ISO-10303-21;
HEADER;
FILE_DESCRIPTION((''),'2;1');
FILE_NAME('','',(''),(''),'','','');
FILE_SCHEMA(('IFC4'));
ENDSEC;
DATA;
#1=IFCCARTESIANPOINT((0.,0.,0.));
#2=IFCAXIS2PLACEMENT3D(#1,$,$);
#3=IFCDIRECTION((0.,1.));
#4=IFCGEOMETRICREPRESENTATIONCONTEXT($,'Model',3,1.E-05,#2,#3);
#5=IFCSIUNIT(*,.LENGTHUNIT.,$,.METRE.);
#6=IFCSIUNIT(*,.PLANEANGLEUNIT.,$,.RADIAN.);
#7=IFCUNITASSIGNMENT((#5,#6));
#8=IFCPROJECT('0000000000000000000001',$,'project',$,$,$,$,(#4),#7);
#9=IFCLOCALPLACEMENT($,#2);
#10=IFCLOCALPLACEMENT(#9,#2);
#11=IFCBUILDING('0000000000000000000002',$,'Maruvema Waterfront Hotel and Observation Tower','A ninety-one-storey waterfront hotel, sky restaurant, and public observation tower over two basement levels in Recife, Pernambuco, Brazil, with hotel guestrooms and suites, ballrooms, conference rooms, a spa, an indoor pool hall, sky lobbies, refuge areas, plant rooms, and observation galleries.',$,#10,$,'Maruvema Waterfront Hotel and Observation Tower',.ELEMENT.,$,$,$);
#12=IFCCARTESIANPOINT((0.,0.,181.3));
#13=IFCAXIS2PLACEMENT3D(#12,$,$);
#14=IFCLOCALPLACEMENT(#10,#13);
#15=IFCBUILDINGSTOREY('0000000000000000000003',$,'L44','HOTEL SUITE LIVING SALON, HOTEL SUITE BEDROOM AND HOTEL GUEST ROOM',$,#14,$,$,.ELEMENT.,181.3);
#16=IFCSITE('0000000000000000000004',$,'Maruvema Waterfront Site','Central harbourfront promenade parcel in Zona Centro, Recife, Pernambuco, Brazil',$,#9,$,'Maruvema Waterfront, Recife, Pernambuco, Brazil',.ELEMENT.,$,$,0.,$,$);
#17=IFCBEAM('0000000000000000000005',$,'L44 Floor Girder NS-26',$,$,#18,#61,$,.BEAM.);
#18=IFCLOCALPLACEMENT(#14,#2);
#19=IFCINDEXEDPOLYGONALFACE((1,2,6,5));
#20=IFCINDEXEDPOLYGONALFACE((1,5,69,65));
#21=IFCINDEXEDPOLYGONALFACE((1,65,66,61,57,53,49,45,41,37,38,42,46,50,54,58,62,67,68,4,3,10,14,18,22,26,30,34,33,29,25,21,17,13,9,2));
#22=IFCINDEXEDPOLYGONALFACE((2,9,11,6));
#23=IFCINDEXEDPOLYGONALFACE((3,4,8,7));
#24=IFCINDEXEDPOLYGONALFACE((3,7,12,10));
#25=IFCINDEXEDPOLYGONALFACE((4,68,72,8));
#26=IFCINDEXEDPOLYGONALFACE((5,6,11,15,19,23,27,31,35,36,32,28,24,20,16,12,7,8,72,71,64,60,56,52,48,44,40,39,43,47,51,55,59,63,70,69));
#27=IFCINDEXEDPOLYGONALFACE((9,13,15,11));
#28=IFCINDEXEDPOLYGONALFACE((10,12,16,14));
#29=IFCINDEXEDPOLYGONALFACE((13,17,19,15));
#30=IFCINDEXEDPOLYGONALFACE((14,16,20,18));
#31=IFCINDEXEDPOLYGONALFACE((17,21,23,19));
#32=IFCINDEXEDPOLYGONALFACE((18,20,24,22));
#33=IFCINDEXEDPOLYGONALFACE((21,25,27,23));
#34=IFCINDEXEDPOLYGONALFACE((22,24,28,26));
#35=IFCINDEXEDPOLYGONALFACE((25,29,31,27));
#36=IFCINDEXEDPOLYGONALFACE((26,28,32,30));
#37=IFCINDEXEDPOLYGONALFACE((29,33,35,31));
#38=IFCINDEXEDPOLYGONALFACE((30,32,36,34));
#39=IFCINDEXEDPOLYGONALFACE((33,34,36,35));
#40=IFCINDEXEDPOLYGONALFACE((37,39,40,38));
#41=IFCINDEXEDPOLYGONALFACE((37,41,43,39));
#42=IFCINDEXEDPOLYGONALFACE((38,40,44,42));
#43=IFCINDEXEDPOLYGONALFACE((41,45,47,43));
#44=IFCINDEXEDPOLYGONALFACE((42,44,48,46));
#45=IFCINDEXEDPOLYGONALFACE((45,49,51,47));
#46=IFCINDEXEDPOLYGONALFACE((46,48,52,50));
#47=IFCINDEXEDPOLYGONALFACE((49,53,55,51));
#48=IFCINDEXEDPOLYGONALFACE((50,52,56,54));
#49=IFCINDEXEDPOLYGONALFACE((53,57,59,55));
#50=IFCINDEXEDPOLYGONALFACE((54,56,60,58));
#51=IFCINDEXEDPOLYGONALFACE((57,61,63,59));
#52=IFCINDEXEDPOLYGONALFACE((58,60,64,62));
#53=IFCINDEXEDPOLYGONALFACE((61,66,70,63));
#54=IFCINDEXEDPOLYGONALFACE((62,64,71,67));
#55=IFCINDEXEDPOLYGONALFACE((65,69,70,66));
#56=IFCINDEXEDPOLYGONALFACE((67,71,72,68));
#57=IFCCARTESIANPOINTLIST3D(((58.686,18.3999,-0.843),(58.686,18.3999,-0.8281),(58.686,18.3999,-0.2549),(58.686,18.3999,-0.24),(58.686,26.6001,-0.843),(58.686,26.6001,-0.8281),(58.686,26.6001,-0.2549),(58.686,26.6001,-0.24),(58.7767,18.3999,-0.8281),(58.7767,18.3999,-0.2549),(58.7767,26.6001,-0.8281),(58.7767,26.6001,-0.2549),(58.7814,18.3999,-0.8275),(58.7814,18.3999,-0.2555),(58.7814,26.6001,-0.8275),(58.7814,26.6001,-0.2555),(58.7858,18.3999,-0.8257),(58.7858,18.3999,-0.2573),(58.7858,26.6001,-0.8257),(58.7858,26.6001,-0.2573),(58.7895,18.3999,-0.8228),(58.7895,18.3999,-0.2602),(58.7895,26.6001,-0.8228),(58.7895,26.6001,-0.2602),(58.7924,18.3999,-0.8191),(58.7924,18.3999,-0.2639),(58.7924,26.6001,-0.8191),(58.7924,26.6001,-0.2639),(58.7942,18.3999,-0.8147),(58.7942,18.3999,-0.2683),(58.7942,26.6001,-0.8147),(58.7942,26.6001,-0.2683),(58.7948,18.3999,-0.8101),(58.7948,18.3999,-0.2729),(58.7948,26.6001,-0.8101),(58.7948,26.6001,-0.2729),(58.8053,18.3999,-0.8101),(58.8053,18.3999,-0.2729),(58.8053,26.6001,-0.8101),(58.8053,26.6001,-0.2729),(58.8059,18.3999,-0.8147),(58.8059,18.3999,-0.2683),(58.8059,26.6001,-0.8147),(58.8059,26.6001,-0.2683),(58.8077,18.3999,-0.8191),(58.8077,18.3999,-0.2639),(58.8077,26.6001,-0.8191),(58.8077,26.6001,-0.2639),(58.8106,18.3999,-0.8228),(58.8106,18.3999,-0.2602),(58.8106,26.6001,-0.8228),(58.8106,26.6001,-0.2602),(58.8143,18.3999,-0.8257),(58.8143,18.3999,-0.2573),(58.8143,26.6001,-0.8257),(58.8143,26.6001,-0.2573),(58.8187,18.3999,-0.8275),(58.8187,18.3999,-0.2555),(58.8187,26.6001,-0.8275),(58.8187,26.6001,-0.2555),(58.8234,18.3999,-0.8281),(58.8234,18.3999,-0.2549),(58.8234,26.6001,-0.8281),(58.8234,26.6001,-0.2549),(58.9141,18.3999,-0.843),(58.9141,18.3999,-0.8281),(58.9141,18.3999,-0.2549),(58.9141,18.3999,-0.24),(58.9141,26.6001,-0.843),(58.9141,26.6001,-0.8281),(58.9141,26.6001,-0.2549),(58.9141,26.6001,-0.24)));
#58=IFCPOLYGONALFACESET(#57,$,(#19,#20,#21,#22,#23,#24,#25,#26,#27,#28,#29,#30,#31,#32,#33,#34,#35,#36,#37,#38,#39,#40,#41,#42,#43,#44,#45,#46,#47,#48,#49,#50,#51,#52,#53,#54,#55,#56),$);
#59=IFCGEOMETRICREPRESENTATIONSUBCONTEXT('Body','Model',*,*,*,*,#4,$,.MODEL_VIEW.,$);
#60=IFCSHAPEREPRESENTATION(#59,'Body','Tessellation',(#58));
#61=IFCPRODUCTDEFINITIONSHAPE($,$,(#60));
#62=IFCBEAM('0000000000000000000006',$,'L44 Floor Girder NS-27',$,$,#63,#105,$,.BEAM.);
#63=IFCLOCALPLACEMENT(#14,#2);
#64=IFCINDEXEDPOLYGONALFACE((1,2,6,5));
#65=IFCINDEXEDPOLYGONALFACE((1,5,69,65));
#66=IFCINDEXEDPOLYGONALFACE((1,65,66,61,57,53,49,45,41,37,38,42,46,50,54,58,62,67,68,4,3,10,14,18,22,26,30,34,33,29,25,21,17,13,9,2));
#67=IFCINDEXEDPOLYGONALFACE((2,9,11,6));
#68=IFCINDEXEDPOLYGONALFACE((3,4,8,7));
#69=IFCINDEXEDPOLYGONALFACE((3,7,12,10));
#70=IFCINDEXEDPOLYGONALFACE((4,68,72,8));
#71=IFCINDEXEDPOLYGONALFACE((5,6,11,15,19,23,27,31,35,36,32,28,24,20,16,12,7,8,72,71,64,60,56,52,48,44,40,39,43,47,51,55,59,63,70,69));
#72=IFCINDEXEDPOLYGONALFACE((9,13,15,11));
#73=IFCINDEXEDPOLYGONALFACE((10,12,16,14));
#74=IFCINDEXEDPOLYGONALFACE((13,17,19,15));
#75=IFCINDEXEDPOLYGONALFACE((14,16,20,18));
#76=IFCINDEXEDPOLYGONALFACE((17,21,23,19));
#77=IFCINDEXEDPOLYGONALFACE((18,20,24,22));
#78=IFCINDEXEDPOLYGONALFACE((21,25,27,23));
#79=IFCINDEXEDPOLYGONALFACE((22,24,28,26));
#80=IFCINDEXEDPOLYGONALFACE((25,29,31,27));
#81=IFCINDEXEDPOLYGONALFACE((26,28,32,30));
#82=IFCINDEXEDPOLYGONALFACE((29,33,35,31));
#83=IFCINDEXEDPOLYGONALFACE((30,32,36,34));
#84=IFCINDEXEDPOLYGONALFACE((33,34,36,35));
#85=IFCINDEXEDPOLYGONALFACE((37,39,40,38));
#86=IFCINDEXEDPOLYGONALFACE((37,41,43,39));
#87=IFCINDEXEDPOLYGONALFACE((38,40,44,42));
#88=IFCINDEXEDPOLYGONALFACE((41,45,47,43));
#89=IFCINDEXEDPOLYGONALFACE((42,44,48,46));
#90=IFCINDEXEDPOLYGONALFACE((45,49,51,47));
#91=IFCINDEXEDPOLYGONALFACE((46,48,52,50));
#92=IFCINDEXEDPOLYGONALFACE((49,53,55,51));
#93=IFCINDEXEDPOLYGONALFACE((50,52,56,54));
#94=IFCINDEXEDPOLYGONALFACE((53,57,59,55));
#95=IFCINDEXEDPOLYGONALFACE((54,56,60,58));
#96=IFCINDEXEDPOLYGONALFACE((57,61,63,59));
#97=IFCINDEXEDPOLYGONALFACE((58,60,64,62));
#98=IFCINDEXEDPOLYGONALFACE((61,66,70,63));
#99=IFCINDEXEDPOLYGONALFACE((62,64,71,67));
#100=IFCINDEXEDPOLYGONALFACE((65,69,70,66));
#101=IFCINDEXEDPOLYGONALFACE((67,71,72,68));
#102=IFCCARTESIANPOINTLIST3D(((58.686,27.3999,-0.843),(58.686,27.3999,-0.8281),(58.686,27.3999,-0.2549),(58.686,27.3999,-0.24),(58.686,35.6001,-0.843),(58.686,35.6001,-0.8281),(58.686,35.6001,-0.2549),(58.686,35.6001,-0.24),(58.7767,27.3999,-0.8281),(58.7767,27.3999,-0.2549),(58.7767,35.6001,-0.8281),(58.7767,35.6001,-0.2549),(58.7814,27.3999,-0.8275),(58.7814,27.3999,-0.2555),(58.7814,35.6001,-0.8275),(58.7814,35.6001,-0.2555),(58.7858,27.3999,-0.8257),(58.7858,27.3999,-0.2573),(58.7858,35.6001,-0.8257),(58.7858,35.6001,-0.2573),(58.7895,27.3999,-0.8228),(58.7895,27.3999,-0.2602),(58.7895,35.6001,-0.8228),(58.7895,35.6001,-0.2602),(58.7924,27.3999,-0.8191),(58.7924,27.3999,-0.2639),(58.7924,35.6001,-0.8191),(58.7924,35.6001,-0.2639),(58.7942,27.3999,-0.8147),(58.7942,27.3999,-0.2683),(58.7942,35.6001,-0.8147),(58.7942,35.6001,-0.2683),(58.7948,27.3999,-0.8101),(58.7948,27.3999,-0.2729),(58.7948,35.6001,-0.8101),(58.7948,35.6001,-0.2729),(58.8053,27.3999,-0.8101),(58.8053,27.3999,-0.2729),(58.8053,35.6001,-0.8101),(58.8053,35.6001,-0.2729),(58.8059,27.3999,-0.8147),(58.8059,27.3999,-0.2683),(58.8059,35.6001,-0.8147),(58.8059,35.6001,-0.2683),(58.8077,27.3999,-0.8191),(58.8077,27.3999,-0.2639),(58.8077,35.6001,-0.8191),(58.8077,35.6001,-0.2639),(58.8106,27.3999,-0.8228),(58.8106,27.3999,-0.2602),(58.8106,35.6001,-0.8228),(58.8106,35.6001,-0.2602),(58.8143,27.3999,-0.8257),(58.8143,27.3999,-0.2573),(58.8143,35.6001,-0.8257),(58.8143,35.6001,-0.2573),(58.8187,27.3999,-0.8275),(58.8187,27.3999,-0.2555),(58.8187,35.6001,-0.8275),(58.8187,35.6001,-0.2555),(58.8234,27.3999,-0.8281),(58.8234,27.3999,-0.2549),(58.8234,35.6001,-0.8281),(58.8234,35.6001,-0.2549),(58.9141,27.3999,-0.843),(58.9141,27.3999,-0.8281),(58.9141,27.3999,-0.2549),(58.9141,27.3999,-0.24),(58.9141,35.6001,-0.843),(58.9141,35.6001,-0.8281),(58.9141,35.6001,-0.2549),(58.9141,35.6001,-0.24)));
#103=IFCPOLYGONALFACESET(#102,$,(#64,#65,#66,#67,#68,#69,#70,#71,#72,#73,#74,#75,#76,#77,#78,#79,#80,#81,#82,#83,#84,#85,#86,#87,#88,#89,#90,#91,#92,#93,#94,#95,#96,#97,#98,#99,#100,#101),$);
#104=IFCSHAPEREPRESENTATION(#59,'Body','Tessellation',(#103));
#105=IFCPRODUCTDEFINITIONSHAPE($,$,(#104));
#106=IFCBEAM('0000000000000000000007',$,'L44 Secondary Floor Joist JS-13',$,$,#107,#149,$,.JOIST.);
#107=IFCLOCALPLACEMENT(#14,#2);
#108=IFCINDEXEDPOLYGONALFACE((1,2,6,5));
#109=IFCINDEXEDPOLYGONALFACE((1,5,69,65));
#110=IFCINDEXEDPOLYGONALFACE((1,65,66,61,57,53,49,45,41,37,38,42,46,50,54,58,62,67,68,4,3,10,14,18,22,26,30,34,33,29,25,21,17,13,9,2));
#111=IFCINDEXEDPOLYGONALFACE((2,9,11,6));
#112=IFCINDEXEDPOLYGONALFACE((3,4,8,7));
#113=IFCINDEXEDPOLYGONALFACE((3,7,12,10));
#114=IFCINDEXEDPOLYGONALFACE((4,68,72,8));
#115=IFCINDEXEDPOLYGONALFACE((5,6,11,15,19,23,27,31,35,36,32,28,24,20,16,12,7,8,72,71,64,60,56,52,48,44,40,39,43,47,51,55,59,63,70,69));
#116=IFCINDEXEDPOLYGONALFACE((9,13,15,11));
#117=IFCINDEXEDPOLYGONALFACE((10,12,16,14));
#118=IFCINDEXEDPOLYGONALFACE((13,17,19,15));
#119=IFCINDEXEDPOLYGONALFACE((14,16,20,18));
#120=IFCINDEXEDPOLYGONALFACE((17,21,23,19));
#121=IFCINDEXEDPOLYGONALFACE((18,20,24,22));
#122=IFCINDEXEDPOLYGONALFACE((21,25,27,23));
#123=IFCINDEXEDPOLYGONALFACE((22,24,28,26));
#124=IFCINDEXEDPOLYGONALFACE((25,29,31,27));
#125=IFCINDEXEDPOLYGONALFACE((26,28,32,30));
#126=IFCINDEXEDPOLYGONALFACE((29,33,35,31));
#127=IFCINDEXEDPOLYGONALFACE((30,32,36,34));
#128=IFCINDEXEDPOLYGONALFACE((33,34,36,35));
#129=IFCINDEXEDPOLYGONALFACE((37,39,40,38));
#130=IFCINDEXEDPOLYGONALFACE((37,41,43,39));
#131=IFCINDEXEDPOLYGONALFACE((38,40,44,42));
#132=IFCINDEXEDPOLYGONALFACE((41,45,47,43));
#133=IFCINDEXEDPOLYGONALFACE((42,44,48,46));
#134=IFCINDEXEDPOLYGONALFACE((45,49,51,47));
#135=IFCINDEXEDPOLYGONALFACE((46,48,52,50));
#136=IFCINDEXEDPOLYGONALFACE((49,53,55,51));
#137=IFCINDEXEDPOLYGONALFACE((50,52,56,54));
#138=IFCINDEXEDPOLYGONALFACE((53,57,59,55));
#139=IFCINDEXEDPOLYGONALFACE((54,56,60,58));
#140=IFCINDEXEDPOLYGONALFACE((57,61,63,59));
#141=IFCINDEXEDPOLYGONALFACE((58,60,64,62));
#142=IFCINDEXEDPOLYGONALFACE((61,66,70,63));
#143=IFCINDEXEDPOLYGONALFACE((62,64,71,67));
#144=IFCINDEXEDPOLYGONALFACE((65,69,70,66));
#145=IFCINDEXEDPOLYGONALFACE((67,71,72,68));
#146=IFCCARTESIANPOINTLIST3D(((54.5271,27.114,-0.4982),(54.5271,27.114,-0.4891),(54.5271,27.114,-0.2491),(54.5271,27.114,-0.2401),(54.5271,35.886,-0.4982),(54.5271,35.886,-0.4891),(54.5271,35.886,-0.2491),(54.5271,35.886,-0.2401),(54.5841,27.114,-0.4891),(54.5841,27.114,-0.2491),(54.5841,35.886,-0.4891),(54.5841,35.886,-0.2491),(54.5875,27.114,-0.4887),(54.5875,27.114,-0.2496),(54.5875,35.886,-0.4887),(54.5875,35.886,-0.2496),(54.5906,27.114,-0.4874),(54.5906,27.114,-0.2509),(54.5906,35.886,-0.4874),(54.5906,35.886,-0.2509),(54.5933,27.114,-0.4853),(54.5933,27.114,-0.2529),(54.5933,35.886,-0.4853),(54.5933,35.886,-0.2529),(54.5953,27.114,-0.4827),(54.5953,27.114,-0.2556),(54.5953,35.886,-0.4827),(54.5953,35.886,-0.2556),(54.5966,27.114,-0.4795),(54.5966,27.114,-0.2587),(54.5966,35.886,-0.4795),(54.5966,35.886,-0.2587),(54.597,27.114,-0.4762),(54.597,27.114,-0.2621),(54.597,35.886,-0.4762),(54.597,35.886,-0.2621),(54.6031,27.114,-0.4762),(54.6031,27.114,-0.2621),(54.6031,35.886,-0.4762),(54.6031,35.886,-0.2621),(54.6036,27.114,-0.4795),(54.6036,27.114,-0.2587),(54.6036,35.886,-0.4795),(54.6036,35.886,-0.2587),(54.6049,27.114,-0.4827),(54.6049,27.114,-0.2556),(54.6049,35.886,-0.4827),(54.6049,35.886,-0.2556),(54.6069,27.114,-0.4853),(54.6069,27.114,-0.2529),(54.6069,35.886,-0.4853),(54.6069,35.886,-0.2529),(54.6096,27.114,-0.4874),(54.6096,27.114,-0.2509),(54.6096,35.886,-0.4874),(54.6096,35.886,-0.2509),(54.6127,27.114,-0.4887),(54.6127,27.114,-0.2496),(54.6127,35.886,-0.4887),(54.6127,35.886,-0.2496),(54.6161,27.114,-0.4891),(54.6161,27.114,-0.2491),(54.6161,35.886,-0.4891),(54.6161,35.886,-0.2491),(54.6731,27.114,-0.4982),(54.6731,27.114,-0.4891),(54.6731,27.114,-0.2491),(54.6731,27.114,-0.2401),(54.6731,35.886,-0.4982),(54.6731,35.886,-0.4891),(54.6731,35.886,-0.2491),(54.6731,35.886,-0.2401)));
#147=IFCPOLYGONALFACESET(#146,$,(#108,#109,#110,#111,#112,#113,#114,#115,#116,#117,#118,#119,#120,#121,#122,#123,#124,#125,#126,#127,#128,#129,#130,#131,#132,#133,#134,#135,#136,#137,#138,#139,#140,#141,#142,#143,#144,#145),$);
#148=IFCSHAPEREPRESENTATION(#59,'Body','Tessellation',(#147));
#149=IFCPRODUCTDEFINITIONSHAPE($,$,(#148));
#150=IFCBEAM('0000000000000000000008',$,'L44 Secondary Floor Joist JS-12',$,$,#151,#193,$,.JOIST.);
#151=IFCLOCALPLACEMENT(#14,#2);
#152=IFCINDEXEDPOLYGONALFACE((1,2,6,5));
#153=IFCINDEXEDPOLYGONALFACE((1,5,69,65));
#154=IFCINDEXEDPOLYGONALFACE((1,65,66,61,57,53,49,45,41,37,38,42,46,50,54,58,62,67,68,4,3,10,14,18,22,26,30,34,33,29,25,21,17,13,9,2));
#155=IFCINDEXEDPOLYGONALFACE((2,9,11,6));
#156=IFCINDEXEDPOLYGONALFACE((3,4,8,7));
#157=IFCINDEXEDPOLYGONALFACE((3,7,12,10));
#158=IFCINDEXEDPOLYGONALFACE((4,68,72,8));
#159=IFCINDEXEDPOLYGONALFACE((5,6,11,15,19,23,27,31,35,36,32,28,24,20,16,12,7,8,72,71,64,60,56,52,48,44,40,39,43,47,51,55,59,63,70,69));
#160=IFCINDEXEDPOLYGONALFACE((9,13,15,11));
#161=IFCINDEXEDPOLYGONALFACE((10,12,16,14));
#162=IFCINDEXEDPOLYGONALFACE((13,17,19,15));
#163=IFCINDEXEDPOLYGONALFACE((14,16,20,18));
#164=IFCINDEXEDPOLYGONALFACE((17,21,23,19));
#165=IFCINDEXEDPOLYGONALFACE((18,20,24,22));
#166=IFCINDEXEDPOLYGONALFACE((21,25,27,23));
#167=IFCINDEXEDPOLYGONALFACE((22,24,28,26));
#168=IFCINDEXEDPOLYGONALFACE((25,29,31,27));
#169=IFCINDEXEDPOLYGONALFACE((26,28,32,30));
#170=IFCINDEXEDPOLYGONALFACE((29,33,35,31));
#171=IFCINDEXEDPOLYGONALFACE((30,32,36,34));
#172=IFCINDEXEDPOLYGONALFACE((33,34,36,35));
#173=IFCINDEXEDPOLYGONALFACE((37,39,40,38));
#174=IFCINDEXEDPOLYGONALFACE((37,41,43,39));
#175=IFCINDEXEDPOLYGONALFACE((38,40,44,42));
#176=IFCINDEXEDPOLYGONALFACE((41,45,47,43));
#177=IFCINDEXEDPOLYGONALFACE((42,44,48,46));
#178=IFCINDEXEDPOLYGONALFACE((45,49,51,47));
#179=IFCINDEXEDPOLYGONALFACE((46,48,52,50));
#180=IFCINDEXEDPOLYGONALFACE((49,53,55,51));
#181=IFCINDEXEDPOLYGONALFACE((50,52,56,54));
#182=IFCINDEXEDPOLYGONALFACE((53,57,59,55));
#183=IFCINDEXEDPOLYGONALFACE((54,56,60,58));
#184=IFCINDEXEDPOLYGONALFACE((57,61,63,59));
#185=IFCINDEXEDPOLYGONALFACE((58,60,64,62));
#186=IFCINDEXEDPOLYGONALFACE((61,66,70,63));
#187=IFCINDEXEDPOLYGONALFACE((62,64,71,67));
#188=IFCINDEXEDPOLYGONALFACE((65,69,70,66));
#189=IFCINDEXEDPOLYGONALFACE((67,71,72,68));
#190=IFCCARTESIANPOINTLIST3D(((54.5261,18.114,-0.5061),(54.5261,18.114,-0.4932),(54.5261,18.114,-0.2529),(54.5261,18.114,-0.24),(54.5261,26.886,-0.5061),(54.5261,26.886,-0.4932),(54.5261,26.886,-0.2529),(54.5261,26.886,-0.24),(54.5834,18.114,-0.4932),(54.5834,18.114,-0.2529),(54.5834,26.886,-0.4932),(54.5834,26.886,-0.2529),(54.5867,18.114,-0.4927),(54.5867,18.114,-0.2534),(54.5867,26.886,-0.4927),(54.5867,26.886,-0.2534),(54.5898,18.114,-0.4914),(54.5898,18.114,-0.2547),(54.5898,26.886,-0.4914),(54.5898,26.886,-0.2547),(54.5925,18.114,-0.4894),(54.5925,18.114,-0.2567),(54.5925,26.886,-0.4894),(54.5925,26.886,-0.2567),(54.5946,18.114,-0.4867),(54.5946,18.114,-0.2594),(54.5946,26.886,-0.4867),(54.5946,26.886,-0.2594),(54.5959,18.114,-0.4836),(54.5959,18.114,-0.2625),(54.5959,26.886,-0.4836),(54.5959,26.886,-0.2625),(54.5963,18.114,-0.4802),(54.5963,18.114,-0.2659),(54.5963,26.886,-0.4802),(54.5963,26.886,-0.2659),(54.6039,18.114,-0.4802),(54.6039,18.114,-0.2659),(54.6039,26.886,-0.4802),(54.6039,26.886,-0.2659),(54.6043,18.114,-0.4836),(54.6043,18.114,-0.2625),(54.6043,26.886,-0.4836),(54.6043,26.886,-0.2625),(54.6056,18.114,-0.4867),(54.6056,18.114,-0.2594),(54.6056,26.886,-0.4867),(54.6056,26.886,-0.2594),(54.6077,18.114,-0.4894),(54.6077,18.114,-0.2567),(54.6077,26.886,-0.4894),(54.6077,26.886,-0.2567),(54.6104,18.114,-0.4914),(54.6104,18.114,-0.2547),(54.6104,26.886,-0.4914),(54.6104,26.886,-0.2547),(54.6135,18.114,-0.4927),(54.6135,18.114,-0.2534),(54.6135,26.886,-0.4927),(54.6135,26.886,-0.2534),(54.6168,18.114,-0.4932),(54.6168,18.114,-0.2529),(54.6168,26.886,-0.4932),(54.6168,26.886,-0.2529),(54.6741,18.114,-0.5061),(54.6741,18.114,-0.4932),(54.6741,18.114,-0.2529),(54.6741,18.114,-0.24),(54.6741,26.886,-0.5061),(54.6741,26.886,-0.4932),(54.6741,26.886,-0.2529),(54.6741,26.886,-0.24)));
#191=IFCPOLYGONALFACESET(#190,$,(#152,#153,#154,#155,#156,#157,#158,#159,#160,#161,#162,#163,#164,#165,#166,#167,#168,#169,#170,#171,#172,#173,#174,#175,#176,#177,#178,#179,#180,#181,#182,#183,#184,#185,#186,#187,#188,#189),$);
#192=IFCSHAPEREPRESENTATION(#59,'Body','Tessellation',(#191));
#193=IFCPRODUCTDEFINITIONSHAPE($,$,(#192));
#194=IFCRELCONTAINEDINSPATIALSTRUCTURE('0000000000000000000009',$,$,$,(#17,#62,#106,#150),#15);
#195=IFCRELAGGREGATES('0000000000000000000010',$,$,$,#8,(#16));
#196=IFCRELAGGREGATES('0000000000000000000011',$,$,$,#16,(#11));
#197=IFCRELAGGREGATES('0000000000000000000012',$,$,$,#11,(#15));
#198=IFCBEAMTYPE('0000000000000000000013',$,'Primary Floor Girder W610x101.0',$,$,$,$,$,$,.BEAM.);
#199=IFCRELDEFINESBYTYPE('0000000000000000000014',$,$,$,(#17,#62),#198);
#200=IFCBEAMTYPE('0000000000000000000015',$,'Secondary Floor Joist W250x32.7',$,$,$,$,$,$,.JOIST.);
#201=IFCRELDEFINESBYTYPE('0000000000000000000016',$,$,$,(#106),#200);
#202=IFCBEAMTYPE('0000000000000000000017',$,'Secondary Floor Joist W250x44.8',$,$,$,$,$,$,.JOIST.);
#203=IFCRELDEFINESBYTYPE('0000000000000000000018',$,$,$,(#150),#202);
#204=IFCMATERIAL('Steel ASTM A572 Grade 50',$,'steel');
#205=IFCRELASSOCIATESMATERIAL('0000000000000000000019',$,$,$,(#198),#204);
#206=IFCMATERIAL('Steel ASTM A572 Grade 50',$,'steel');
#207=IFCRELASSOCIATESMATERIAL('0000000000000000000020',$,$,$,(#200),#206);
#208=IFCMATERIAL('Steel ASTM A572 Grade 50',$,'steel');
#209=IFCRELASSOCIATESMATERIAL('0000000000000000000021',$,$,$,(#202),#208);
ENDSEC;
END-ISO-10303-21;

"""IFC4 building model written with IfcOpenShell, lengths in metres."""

from ifc_helpers import new_model, si_unit, direction, frame, origin, origin_2d, place, context, subcontext, project, spatial, i_section, extrude, material, material_profile, profile_set, type_object, element, save


model = new_model("IFC4")

# Units and contexts
model_context = context("Model", 3, precision=1e-05, world=origin(), true_north=direction((0.0, 1.0)))
body_context = subcontext(model_context, "Body", "Model", "MODEL_VIEW")
ifc_project = project(units=[si_unit("LENGTHUNIT", "METRE"), si_unit("PLANEANGLEUNIT", "RADIAN")], contexts=[model_context])

# Site, building, storey
site_placement = place(None, origin())
site = spatial("IfcSite", under=ifc_project, at=site_placement, Name="Maruvema Waterfront Site", Description="Central harbourfront promenade parcel in Zona Centro, Recife, Pernambuco, Brazil", LongName="Maruvema Waterfront, Recife, Pernambuco, Brazil", CompositionType="ELEMENT", RefElevation=0.0)
building_placement = place(site_placement, origin())
building = spatial("IfcBuilding", under=site, at=building_placement, Name="Maruvema Waterfront Hotel and Observation Tower", Description="A ninety-one-storey waterfront hotel, sky restaurant, and public observation tower over two basement levels in Recife, Pernambuco, Brazil, with hotel guestrooms and suites, ballrooms, conference rooms, a spa, an indoor pool hall, sky lobbies, refuge areas, plant rooms, and observation galleries.", LongName="Maruvema Waterfront Hotel and Observation Tower", CompositionType="ELEMENT")
storey_placement = place(building_placement, frame((0.0, 0.0, 181.3)))
storey = spatial("IfcBuildingStorey", under=building, at=storey_placement, Name="L44", Description="HOTEL SUITE LIVING SALON, HOTEL SUITE BEDROOM AND HOTEL GUEST ROOM", CompositionType="ELEMENT", Elevation=181.3)

# Beams
ifc_material_1 = material(Name="Steel ASTM A572 Grade 50", Category="steel")
ifc_material_profile_1 = material_profile(ifc_material_1, i_section(OverallWidth=0.228, OverallDepth=0.603, WebThickness=0.0105, FlangeThickness=0.0149, FilletRadius=0.0181, at=origin_2d()), Name="W610x101.0")
ifc_profile_set_1 = profile_set([ifc_material_profile_1], Name="Steel ASTM A572 Grade 50")
beam_type_1 = type_object("IfcBeamType", Name="Primary Floor Girder W610x101.0", PredefinedType="BEAM", material=ifc_profile_set_1)
for number, where, z_axis, x_axis, name in (
    (1, (58.8, 18.3999, -0.5415), (0.0, 1.0, 0.0), (-1.0, 0.0, 0.0), "L44 Floor Girder NS-26"),
    (2, (58.8, 27.3999, -0.5415), (0.0, 1.0, 0.0), (-1.0, 0.0, 0.0), "L44 Floor Girder NS-27"),
):
    element("IfcBeam", number, at=place(storey_placement, frame(where, z_axis=z_axis, x_axis=x_axis)), inside=storey, type_object=beam_type_1, Name=name, PredefinedType="BEAM", context=body_context, shape_type="SweptSolid", body=[
        extrude(i_section(OverallWidth=0.228, OverallDepth=0.603, WebThickness=0.0105, FlangeThickness=0.0149, FilletRadius=0.0181, at=origin_2d()), origin(), (0.0, 0.0, 1.0), 8.2002),
    ])
ifc_material_2 = material(Name="Steel ASTM A572 Grade 50", Category="steel")
ifc_material_profile_2 = material_profile(ifc_material_2, i_section(OverallWidth=0.146, OverallDepth=0.2581, WebThickness=0.0061, FlangeThickness=0.009, FilletRadius=0.0129, at=origin_2d()), Name="W250x32.7")
ifc_profile_set_2 = profile_set([ifc_material_profile_2], Name="Steel ASTM A572 Grade 50")
beam_type_2 = type_object("IfcBeamType", Name="Secondary Floor Joist W250x32.7", PredefinedType="JOIST", material=ifc_profile_set_2)
beam_1_placement = place(storey_placement, frame((54.6001, 27.114, -0.3691), z_axis=(0.0, 1.0, 0.0), x_axis=(-1.0, 0.0, 0.0)))
element("IfcBeam", 3, at=beam_1_placement, inside=storey, type_object=beam_type_2, Name="L44 Secondary Floor Joist JS-13", PredefinedType="JOIST", context=body_context, shape_type="SweptSolid", body=[
    extrude(i_section(OverallWidth=0.146, OverallDepth=0.2581, WebThickness=0.0061, FlangeThickness=0.009, FilletRadius=0.0129, at=origin_2d()), origin(), (0.0, 0.0, 1.0), 8.772),
])
ifc_material_3 = material(Name="Steel ASTM A572 Grade 50", Category="steel")
ifc_material_profile_3 = material_profile(ifc_material_3, i_section(OverallWidth=0.1479, OverallDepth=0.2661, WebThickness=0.0076, FlangeThickness=0.0129, FilletRadius=0.0129, at=origin_2d()), Name="W250x44.8")
ifc_profile_set_3 = profile_set([ifc_material_profile_3], Name="Steel ASTM A572 Grade 50")
beam_type_3 = type_object("IfcBeamType", Name="Secondary Floor Joist W250x44.8", PredefinedType="JOIST", material=ifc_profile_set_3)
beam_2_placement = place(storey_placement, frame((54.6001, 18.114, -0.373), z_axis=(0.0, 1.0, 0.0), x_axis=(-1.0, 0.0, 0.0)))
element("IfcBeam", 4, at=beam_2_placement, inside=storey, type_object=beam_type_3, Name="L44 Secondary Floor Joist JS-12", PredefinedType="JOIST", context=body_context, shape_type="SweptSolid", body=[
    extrude(i_section(OverallWidth=0.1479, OverallDepth=0.2661, WebThickness=0.0076, FlangeThickness=0.0129, FilletRadius=0.0129, at=origin_2d()), origin(), (0.0, 0.0, 1.0), 8.772),
])

save(model, "model.ifc")
